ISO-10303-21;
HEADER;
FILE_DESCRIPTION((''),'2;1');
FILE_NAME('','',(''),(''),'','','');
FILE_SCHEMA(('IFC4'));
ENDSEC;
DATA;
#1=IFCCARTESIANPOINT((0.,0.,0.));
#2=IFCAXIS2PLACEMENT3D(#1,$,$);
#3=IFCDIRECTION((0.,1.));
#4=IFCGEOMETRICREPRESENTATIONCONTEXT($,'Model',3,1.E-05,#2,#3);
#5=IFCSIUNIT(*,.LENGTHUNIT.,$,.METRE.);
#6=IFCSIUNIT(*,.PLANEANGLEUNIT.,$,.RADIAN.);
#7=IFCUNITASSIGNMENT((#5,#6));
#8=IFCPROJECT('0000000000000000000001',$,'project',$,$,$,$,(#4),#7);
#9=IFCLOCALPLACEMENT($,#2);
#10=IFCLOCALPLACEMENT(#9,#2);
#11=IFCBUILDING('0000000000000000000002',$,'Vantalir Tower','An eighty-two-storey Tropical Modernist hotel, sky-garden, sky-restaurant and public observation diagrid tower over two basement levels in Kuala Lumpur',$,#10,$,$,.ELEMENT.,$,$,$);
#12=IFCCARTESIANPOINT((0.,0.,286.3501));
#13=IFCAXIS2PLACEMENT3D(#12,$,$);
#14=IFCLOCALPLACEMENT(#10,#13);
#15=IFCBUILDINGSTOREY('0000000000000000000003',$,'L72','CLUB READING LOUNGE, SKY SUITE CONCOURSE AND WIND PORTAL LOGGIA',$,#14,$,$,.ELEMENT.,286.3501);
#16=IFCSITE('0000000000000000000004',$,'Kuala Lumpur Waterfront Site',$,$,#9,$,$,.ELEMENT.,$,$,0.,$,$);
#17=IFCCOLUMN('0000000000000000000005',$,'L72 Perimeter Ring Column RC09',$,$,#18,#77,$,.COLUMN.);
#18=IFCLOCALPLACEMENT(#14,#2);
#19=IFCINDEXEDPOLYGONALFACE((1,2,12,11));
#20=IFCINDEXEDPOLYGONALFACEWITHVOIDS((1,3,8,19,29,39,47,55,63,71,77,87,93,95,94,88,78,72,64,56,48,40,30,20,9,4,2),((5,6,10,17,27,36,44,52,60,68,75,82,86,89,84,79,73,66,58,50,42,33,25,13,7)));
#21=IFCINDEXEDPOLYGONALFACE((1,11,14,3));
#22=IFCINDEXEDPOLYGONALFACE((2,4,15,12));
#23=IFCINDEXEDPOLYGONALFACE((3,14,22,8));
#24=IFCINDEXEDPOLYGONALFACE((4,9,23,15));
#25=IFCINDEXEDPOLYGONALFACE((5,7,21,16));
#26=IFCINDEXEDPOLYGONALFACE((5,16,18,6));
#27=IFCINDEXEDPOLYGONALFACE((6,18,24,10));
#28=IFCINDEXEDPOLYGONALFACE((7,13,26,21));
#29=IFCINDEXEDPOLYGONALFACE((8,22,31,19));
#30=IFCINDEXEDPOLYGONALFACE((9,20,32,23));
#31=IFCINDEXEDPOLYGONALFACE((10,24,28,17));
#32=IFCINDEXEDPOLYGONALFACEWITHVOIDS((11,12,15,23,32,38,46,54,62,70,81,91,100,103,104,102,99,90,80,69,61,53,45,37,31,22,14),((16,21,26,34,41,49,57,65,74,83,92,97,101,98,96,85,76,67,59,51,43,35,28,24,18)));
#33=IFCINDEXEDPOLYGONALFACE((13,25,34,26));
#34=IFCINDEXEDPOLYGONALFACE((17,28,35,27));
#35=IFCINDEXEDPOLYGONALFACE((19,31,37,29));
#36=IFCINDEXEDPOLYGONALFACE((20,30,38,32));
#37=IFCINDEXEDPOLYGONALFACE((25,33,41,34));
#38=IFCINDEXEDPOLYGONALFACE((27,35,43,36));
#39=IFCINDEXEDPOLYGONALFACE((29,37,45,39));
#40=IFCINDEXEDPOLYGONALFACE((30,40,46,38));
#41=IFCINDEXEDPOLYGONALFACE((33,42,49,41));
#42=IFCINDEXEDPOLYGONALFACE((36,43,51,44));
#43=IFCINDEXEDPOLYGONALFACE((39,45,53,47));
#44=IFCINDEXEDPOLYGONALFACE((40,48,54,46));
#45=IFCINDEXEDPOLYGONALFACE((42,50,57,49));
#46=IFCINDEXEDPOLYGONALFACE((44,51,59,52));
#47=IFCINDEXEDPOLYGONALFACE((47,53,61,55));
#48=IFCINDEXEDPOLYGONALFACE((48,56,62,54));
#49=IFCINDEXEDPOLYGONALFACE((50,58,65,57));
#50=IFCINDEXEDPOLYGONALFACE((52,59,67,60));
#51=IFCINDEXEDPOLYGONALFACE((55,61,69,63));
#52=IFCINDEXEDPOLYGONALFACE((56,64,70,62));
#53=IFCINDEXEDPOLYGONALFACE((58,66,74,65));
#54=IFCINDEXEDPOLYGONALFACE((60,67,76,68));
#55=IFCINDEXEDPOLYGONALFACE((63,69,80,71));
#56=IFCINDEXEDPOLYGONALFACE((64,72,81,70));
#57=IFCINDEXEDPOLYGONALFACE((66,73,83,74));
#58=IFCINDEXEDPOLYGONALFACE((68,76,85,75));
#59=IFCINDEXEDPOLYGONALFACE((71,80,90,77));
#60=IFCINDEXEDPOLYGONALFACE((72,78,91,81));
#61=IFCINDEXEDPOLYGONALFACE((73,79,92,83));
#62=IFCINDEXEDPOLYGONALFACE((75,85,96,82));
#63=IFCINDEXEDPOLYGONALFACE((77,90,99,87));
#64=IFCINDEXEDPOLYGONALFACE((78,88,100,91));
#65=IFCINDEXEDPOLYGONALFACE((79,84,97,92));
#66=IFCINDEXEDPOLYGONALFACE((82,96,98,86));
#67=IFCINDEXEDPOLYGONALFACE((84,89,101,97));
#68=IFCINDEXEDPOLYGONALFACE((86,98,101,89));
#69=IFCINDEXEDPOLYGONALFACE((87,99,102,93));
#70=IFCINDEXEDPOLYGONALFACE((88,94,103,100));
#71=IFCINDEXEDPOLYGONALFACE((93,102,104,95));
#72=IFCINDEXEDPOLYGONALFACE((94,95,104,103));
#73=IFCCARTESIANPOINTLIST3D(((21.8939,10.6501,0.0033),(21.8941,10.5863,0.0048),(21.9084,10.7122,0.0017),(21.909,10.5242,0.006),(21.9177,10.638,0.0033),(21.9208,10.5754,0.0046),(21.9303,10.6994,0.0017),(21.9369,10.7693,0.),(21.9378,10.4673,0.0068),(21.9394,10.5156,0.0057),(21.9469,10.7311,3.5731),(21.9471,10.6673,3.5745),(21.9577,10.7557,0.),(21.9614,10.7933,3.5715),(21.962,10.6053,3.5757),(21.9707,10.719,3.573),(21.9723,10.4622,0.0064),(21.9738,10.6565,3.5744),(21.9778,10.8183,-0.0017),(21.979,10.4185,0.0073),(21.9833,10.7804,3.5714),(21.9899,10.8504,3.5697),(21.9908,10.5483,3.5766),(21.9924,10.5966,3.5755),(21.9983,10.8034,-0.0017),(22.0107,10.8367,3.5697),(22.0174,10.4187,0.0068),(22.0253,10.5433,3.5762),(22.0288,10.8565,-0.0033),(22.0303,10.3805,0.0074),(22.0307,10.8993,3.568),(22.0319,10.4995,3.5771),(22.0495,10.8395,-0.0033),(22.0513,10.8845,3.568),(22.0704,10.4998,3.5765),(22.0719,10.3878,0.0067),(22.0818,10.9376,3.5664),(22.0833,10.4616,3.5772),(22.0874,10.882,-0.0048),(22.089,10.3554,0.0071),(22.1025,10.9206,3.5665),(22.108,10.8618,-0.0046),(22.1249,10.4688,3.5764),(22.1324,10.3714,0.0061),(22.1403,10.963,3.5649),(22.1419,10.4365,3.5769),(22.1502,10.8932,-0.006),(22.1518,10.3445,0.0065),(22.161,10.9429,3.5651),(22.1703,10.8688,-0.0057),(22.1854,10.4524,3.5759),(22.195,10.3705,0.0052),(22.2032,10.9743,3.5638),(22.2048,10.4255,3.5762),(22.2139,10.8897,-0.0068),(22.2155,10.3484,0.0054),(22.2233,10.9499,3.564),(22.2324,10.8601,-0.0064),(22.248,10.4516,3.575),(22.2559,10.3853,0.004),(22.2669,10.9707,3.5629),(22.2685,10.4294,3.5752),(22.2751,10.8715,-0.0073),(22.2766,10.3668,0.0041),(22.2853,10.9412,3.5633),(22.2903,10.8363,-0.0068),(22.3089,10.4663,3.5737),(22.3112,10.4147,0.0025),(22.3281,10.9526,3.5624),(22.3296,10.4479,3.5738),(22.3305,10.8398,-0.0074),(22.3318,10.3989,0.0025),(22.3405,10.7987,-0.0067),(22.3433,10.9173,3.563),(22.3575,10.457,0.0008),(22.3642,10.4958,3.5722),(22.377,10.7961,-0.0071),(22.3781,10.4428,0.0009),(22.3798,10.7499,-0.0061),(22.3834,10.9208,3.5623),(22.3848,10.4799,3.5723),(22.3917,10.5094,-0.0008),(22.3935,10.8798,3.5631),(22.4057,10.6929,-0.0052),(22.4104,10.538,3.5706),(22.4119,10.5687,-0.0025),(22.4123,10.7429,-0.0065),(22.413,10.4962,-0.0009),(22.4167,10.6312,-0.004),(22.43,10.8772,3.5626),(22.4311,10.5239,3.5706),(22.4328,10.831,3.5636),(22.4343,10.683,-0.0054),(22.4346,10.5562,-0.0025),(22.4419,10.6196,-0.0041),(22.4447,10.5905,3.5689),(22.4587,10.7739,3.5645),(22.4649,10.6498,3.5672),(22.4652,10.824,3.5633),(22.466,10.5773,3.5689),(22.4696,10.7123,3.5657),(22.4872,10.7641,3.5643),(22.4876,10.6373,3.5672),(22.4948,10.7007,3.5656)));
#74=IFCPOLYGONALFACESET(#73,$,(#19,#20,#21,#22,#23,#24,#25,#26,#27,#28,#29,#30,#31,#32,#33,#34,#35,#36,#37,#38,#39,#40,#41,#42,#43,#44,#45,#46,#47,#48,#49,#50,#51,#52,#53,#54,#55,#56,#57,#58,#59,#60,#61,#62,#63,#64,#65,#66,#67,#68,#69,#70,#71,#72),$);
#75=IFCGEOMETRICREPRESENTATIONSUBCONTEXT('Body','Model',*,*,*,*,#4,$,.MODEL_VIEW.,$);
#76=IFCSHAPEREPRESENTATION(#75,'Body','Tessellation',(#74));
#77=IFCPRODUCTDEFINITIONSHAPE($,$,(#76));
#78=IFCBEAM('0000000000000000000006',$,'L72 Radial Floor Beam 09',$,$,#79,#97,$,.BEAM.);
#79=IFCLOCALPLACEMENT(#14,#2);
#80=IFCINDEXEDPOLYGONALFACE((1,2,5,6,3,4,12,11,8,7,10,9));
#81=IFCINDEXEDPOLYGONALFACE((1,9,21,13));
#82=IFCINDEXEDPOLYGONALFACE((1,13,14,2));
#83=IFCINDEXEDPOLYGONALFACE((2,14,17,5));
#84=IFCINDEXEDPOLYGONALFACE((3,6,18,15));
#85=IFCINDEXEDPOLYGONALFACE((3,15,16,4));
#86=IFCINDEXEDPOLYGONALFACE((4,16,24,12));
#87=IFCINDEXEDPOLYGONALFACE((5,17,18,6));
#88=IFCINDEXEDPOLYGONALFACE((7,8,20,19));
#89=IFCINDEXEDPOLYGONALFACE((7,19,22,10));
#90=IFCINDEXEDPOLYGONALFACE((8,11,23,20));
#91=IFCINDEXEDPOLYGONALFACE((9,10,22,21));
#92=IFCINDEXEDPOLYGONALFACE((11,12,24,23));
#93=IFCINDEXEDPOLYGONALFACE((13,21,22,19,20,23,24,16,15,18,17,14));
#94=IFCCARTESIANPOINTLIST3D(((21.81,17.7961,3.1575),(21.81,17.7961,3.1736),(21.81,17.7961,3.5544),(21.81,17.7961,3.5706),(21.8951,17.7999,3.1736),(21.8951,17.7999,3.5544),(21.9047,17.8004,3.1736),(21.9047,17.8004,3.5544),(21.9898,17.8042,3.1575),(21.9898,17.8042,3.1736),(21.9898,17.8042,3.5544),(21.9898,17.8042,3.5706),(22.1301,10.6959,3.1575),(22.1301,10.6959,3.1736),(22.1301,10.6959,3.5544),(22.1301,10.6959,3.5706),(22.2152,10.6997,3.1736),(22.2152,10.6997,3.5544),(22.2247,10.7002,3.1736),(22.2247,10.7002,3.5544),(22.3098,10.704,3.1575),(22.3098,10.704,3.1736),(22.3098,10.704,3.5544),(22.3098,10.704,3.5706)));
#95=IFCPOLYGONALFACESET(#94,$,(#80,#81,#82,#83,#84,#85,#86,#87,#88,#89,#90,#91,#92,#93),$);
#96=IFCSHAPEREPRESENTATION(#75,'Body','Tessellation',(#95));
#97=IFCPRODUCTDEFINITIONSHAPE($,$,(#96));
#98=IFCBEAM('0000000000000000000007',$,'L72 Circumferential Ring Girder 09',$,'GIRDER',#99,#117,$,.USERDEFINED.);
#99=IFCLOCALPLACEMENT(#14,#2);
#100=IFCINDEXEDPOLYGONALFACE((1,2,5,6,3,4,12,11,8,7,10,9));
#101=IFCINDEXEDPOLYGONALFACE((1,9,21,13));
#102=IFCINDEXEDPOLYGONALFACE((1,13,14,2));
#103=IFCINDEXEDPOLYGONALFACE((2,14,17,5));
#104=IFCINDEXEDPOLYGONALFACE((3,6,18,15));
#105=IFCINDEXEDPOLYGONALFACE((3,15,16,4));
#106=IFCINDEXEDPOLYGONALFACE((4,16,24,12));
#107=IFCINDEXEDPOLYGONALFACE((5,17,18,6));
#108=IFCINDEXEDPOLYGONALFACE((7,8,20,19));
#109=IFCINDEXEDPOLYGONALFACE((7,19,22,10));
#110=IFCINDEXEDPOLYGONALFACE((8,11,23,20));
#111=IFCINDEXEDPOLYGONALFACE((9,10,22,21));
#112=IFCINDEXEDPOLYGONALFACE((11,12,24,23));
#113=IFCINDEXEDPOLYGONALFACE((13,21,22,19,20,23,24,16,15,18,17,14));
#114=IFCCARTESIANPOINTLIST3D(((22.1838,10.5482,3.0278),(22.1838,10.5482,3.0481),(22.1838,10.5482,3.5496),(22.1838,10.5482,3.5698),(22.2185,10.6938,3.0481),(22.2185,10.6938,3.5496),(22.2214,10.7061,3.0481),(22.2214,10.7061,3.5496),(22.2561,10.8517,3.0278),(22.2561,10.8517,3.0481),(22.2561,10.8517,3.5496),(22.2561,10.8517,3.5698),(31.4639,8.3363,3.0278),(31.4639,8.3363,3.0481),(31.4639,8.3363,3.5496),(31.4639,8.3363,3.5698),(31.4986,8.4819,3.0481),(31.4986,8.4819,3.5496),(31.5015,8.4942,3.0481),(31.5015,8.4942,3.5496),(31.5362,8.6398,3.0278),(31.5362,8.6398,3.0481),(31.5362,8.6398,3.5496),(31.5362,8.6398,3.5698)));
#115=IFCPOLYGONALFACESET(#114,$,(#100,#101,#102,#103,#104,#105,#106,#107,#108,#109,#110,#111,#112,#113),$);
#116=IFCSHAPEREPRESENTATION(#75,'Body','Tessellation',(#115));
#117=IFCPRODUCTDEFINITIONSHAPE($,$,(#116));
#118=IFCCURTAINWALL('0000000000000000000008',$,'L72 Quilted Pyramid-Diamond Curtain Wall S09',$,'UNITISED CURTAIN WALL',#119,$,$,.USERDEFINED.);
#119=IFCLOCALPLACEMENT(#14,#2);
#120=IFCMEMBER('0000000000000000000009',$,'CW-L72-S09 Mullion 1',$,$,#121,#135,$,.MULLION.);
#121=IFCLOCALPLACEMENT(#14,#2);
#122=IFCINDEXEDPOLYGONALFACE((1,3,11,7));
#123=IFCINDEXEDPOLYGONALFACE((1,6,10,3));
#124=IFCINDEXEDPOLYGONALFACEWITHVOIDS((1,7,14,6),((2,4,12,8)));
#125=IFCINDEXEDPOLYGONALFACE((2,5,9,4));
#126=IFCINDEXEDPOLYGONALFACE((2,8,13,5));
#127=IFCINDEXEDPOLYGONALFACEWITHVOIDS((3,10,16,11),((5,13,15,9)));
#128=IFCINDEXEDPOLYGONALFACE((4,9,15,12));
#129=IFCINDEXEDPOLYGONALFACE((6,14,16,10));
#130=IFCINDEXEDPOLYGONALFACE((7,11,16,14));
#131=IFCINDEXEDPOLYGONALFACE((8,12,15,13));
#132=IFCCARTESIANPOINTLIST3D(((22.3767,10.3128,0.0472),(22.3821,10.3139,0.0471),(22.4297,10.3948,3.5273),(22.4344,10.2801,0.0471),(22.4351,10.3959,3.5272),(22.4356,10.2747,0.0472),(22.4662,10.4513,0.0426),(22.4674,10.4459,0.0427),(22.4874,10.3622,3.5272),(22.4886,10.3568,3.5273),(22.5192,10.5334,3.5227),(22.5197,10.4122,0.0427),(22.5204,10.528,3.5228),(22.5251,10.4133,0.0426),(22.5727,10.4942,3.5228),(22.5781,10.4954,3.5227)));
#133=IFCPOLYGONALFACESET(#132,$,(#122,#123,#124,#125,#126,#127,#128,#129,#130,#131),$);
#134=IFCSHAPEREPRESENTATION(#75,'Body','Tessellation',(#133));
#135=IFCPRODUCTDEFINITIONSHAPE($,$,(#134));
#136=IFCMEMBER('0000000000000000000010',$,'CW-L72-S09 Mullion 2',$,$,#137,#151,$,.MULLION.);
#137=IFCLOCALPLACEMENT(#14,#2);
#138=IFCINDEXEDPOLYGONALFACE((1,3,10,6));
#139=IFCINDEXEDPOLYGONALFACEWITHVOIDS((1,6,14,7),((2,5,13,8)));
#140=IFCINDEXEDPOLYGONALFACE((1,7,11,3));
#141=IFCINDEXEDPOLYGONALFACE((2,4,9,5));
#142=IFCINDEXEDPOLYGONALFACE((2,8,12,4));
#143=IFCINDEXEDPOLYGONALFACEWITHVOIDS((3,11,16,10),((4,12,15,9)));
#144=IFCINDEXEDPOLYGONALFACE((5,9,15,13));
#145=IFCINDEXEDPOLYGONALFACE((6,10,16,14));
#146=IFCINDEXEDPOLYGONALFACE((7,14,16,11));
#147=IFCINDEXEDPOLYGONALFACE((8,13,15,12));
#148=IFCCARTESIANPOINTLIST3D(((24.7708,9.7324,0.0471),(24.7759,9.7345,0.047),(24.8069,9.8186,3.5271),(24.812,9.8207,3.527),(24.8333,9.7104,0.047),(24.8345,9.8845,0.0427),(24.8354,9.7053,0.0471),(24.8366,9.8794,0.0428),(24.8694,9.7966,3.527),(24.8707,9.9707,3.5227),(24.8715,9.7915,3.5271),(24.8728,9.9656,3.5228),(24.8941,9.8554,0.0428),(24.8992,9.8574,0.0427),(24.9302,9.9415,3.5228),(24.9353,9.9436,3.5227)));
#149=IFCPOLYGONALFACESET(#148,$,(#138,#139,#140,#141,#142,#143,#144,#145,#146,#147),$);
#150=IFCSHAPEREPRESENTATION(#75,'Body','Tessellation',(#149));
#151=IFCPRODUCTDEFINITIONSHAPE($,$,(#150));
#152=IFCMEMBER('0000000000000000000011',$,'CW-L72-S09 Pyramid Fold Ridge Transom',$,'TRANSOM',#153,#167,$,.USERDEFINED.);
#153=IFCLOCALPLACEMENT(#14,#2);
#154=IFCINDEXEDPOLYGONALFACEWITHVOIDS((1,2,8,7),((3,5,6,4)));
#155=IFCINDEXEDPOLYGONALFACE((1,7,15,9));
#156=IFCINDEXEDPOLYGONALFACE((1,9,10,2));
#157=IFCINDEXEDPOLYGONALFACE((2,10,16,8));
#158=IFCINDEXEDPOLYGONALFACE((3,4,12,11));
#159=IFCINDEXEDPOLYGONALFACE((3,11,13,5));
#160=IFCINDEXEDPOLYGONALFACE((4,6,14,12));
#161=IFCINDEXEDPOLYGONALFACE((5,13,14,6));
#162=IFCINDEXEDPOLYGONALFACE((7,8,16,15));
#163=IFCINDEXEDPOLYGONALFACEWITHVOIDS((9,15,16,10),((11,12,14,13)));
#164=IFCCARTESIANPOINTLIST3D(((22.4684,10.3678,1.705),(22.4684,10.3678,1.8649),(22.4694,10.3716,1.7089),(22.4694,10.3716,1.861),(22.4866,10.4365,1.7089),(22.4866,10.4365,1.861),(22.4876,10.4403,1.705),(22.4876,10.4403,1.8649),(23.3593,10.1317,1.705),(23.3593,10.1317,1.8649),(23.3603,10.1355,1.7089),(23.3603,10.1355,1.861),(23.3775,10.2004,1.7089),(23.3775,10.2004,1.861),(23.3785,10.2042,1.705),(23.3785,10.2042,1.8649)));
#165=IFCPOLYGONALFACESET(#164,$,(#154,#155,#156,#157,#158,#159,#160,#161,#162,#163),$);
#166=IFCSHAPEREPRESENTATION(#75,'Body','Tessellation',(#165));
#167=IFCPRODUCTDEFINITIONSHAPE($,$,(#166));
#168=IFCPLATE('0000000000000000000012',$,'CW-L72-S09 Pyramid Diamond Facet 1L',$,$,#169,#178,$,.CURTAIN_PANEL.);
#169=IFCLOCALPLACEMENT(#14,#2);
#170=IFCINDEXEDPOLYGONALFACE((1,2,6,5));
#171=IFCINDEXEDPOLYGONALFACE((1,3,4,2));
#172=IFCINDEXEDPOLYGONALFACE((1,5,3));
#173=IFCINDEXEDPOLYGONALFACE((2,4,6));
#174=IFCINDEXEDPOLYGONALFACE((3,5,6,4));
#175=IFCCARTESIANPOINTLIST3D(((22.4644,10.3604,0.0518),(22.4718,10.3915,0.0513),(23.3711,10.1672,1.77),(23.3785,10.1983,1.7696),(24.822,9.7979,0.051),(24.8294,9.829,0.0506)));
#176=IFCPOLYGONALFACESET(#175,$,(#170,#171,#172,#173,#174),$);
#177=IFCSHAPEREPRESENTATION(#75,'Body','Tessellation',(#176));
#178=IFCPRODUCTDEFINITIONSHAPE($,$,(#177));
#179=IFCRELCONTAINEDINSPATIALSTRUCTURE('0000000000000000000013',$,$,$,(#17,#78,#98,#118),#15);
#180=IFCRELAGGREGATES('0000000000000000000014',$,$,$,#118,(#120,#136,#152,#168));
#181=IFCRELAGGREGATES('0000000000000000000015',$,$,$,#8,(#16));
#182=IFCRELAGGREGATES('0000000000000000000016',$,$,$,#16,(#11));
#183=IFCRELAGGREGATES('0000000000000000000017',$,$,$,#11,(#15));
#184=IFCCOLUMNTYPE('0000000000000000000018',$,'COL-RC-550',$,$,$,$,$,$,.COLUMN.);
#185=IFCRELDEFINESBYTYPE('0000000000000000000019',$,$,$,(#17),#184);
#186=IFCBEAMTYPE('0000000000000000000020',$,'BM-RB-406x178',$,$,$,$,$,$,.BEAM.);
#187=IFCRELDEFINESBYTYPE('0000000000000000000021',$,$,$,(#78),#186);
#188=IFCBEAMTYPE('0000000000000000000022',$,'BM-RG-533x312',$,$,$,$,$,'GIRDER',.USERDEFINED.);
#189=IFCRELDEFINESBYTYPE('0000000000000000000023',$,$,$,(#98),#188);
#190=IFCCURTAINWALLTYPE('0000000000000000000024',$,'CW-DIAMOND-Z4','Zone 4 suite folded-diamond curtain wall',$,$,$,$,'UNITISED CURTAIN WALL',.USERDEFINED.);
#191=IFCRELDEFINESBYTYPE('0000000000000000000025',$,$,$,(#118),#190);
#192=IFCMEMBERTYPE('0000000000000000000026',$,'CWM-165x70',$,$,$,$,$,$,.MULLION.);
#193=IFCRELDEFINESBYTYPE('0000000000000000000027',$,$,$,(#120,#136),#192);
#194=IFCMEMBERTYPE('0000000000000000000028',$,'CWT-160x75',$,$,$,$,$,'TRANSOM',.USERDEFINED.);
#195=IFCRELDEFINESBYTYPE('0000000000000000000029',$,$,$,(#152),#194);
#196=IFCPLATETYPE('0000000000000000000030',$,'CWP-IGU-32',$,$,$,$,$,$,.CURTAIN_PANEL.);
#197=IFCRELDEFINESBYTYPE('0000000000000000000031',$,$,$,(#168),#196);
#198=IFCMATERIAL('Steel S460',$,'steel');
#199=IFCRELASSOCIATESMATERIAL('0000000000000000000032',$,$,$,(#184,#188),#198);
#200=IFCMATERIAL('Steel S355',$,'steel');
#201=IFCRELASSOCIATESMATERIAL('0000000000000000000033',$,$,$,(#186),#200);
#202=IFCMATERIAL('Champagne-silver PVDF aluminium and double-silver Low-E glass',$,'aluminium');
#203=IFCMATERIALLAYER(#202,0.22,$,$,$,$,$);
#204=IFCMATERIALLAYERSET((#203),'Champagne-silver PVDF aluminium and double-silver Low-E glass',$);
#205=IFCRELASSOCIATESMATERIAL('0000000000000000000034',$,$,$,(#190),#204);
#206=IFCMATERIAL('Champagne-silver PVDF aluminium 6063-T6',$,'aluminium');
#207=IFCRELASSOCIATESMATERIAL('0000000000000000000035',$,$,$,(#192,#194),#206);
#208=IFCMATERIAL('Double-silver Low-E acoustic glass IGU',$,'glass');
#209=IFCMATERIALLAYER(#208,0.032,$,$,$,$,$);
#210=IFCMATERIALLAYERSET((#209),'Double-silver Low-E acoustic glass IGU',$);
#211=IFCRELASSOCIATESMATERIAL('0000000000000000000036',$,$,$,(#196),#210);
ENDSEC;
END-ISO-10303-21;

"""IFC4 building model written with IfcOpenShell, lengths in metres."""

from ifc_helpers import new_model, si_unit, direction, frame, origin, origin_2d, place, context, subcontext, project, spatial, polyline, hollow_rectangle, hollow_circle, i_section, outline, extrude, material, layer, layer_set, material_profile, profile_set, type_object, element, aggregate, save


model = new_model("IFC4")

# Units and contexts
model_context = context("Model", 3, precision=1e-05, world=origin(), true_north=direction((0.0, 1.0)))
body_context = subcontext(model_context, "Body", "Model", "MODEL_VIEW")
ifc_project = project(units=[si_unit("LENGTHUNIT", "METRE"), si_unit("PLANEANGLEUNIT", "RADIAN")], contexts=[model_context])

# Site, building, storey
site_placement = place(None, origin())
site = spatial("IfcSite", under=ifc_project, at=site_placement, Name="Kuala Lumpur Waterfront Site", CompositionType="ELEMENT", RefElevation=0.0)
building_placement = place(site_placement, origin())
building = spatial("IfcBuilding", under=site, at=building_placement, Name="Vantalir Tower", Description="An eighty-two-storey Tropical Modernist hotel, sky-garden, sky-restaurant and public observation diagrid tower over two basement levels in Kuala Lumpur", CompositionType="ELEMENT")
storey_placement = place(building_placement, frame((0.0, 0.0, 286.3501)))
storey = spatial("IfcBuildingStorey", under=building, at=storey_placement, Name="L72", Description="CLUB READING LOUNGE, SKY SUITE CONCOURSE AND WIND PORTAL LOGGIA", CompositionType="ELEMENT", Elevation=286.3501)

# Column
ifc_material_1 = material(Name="Steel S460", Category="steel")
ifc_material_profile_1 = material_profile(ifc_material_1, hollow_circle(Radius=0.2749, WallThickness=0.0249, at=origin_2d()), Name="Steel S460")
ifc_profile_set_1 = profile_set([ifc_material_profile_1], Name="Steel S460")
column_type = type_object("IfcColumnType", Name="COL-RC-550", PredefinedType="COLUMN", material=ifc_profile_set_1)
column_placement = place(storey_placement, frame((22.167, 10.6189, 0.0), z_axis=(0.014835, 0.022697, 0.999632), x_axis=(-0.837058, 0.547113, 0.0)))
element("IfcColumn", 1, at=column_placement, inside=storey, type_object=column_type, Name="L72 Perimeter Ring Column RC09", PredefinedType="COLUMN", context=body_context, shape_type="SweptSolid", body=[
    extrude(hollow_circle(Radius=0.2749, WallThickness=0.0249, at=origin_2d()), origin(), (0.0, 0.0, 1.0), 3.571),
])

# Beams
ifc_material_2 = material(Name="Steel S355", Category="steel")
ifc_material_profile_2 = material_profile(ifc_material_2, i_section(OverallWidth=0.1799, OverallDepth=0.4131, WebThickness=0.0095, FlangeThickness=0.0161, at=origin_2d()), Name="Steel S355")
ifc_profile_set_2 = profile_set([ifc_material_profile_2], Name="Steel S355")
beam_type_1 = type_object("IfcBeamType", Name="BM-RB-406x178", PredefinedType="BEAM", material=ifc_profile_set_2)
beam_1_placement = place(storey_placement, frame((22.22, 10.7, 3.364), z_axis=(-0.045034, 0.998985, 0.0), x_axis=(-0.998985, -0.045034, 0.0)))
element("IfcBeam", 2, at=beam_1_placement, inside=storey, type_object=beam_type_1, Name="L72 Radial Floor Beam 09", PredefinedType="BEAM", context=body_context, shape_type="SweptSolid", body=[
    extrude(i_section(OverallWidth=0.1799, OverallDepth=0.4131, WebThickness=0.0095, FlangeThickness=0.0161, at=origin_2d()), origin(), (0.0, 0.0, 1.0), 7.1074),
])
ifc_material_profile_3 = material_profile(ifc_material_1, i_section(OverallWidth=0.312, OverallDepth=0.542, WebThickness=0.0127, FlangeThickness=0.0203, at=origin_2d()), Name="Steel S460")
ifc_profile_set_3 = profile_set([ifc_material_profile_3], Name="Steel S460")
beam_type_2 = type_object("IfcBeamType", Name="BM-RG-533x312", ElementType="GIRDER", PredefinedType="USERDEFINED", material=ifc_profile_set_3)
beam_2_placement = place(storey_placement, frame((22.22, 10.7, 3.2988), z_axis=(0.97275, -0.231857, 0.0), x_axis=(0.231857, 0.97275, 0.0)))
element("IfcBeam", 3, at=beam_2_placement, inside=storey, type_object=beam_type_2, Name="L72 Circumferential Ring Girder 09", ObjectType="GIRDER", PredefinedType="USERDEFINED", context=body_context, shape_type="SweptSolid", body=[
    extrude(i_section(OverallWidth=0.312, OverallDepth=0.542, WebThickness=0.0127, FlangeThickness=0.0203, at=origin_2d()), origin(), (0.0, 0.0, 1.0), 9.54),
])

# Curtain wall, members, plate
ifc_material_3 = material(Name="Champagne-silver PVDF aluminium and double-silver Low-E glass", Category="aluminium")
ifc_layer_1 = layer(ifc_material_3, 0.22)
ifc_layer_set_1 = layer_set([ifc_layer_1], Name="Champagne-silver PVDF aluminium and double-silver Low-E glass")
curtain_wall_type = type_object("IfcCurtainWallType", Name="CW-DIAMOND-Z4", Description="Zone 4 suite folded-diamond curtain wall", ElementType="UNITISED CURTAIN WALL", PredefinedType="USERDEFINED", material=ifc_layer_set_1)
curtain_wall_placement = place(storey_placement, origin())
curtain_wall = element("IfcCurtainWall", 4, at=curtain_wall_placement, inside=storey, type_object=curtain_wall_type, Name="L72 Quilted Pyramid-Diamond Curtain Wall S09", ObjectType="UNITISED CURTAIN WALL", PredefinedType="USERDEFINED")
ifc_material_4 = material(Name="Champagne-silver PVDF aluminium 6063-T6", Category="aluminium")
ifc_material_profile_4 = material_profile(ifc_material_4, hollow_rectangle(XDim=0.0701, YDim=0.165, WallThickness=0.0039, at=origin_2d()), Name="Champagne-silver PVDF aluminium 6063-T6")
ifc_profile_set_4 = profile_set([ifc_material_profile_4], Name="Champagne-silver PVDF aluminium 6063-T6")
member_type_1 = type_object("IfcMemberType", Name="CWM-165x70", PredefinedType="MULLION", material=ifc_profile_set_4)
member_1_placement = place(storey_placement, frame((22.4509, 10.363, 0.0449), z_axis=(0.015218, 0.023563, 0.999607), x_axis=(-0.840039, 0.542525, 0.0)))
member_1 = element("IfcMember", 5, at=member_1_placement, type_object=member_type_1, Name="CW-L72-S09 Mullion 1", PredefinedType="MULLION", context=body_context, shape_type="SweptSolid", body=[
    extrude(hollow_rectangle(XDim=0.0701, YDim=0.165, WallThickness=0.0039, at=origin_2d()), origin(), (0.0, 0.0, 1.0), 3.4814),
])
member_2_placement = place(storey_placement, frame((24.835, 9.7949, 0.0449), z_axis=(0.010379, 0.024756, 0.99964), x_axis=(-0.922224, 0.386655, 0.0)))
member_2 = element("IfcMember", 6, at=member_2_placement, type_object=member_type_1, Name="CW-L72-S09 Mullion 2", PredefinedType="MULLION", context=body_context, shape_type="SweptSolid", body=[
    extrude(hollow_rectangle(XDim=0.0701, YDim=0.165, WallThickness=0.0039, at=origin_2d()), origin(), (0.0, 0.0, 1.0), 3.4812),
])
ifc_material_profile_5 = material_profile(ifc_material_4, hollow_rectangle(XDim=0.075, YDim=0.1599, WallThickness=0.0039, at=origin_2d()), Name="Champagne-silver PVDF aluminium 6063-T6")
ifc_profile_set_5 = profile_set([ifc_material_profile_5], Name="Champagne-silver PVDF aluminium 6063-T6")
member_type_2 = type_object("IfcMemberType", Name="CWT-160x75", ElementType="TRANSOM", PredefinedType="USERDEFINED", material=ifc_profile_set_5)
member_3_placement = place(storey_placement, frame((22.478, 10.4041, 1.7849), z_axis=(0.966634, -0.256162, 0.0), x_axis=(0.256162, 0.966634, 0.0)))
member_3 = element("IfcMember", 7, at=member_3_placement, type_object=member_type_2, Name="CW-L72-S09 Pyramid Fold Ridge Transom", ObjectType="TRANSOM", PredefinedType="USERDEFINED", context=body_context, shape_type="SweptSolid", body=[
    extrude(hollow_rectangle(XDim=0.075, YDim=0.1599, WallThickness=0.0039, at=origin_2d()), origin(), (0.0, 0.0, 1.0), 0.9216),
])
ifc_material_5 = material(Name="Double-silver Low-E acoustic glass IGU", Category="glass")
ifc_layer_2 = layer(ifc_material_5, 0.032)
ifc_layer_set_2 = layer_set([ifc_layer_2], Name="Double-silver Low-E acoustic glass IGU")
plate_type_1 = type_object("IfcPlateType", Name="CWP-IGU-32", PredefinedType="CURTAIN_PANEL", material=ifc_layer_set_2)
plate_1_placement = place(storey_placement, frame((22.4644, 10.3604, 0.0518), z_axis=(-0.232046, -0.972616, 0.01314), x_axis=(0.972699, -0.23207, -0.000302)))
plate_1 = element("IfcPlate", 8, at=plate_1_placement, type_object=plate_type_1, Name="CW-L72-S09 Pyramid Diamond Facet 1L", PredefinedType="CURTAIN_PANEL", context=body_context, shape_type="SweptSolid", body=[
    extrude(outline(polyline([(0.0, 0.0), (2.4238, 0.0), (0.9263, 1.7187), (0.0, 0.0)])), origin(), (0.0, 0.0, -1.0), 0.032),
])
aggregate(curtain_wall, [member_1, member_2, member_3, plate_1])

save(model, "model.ifc")
